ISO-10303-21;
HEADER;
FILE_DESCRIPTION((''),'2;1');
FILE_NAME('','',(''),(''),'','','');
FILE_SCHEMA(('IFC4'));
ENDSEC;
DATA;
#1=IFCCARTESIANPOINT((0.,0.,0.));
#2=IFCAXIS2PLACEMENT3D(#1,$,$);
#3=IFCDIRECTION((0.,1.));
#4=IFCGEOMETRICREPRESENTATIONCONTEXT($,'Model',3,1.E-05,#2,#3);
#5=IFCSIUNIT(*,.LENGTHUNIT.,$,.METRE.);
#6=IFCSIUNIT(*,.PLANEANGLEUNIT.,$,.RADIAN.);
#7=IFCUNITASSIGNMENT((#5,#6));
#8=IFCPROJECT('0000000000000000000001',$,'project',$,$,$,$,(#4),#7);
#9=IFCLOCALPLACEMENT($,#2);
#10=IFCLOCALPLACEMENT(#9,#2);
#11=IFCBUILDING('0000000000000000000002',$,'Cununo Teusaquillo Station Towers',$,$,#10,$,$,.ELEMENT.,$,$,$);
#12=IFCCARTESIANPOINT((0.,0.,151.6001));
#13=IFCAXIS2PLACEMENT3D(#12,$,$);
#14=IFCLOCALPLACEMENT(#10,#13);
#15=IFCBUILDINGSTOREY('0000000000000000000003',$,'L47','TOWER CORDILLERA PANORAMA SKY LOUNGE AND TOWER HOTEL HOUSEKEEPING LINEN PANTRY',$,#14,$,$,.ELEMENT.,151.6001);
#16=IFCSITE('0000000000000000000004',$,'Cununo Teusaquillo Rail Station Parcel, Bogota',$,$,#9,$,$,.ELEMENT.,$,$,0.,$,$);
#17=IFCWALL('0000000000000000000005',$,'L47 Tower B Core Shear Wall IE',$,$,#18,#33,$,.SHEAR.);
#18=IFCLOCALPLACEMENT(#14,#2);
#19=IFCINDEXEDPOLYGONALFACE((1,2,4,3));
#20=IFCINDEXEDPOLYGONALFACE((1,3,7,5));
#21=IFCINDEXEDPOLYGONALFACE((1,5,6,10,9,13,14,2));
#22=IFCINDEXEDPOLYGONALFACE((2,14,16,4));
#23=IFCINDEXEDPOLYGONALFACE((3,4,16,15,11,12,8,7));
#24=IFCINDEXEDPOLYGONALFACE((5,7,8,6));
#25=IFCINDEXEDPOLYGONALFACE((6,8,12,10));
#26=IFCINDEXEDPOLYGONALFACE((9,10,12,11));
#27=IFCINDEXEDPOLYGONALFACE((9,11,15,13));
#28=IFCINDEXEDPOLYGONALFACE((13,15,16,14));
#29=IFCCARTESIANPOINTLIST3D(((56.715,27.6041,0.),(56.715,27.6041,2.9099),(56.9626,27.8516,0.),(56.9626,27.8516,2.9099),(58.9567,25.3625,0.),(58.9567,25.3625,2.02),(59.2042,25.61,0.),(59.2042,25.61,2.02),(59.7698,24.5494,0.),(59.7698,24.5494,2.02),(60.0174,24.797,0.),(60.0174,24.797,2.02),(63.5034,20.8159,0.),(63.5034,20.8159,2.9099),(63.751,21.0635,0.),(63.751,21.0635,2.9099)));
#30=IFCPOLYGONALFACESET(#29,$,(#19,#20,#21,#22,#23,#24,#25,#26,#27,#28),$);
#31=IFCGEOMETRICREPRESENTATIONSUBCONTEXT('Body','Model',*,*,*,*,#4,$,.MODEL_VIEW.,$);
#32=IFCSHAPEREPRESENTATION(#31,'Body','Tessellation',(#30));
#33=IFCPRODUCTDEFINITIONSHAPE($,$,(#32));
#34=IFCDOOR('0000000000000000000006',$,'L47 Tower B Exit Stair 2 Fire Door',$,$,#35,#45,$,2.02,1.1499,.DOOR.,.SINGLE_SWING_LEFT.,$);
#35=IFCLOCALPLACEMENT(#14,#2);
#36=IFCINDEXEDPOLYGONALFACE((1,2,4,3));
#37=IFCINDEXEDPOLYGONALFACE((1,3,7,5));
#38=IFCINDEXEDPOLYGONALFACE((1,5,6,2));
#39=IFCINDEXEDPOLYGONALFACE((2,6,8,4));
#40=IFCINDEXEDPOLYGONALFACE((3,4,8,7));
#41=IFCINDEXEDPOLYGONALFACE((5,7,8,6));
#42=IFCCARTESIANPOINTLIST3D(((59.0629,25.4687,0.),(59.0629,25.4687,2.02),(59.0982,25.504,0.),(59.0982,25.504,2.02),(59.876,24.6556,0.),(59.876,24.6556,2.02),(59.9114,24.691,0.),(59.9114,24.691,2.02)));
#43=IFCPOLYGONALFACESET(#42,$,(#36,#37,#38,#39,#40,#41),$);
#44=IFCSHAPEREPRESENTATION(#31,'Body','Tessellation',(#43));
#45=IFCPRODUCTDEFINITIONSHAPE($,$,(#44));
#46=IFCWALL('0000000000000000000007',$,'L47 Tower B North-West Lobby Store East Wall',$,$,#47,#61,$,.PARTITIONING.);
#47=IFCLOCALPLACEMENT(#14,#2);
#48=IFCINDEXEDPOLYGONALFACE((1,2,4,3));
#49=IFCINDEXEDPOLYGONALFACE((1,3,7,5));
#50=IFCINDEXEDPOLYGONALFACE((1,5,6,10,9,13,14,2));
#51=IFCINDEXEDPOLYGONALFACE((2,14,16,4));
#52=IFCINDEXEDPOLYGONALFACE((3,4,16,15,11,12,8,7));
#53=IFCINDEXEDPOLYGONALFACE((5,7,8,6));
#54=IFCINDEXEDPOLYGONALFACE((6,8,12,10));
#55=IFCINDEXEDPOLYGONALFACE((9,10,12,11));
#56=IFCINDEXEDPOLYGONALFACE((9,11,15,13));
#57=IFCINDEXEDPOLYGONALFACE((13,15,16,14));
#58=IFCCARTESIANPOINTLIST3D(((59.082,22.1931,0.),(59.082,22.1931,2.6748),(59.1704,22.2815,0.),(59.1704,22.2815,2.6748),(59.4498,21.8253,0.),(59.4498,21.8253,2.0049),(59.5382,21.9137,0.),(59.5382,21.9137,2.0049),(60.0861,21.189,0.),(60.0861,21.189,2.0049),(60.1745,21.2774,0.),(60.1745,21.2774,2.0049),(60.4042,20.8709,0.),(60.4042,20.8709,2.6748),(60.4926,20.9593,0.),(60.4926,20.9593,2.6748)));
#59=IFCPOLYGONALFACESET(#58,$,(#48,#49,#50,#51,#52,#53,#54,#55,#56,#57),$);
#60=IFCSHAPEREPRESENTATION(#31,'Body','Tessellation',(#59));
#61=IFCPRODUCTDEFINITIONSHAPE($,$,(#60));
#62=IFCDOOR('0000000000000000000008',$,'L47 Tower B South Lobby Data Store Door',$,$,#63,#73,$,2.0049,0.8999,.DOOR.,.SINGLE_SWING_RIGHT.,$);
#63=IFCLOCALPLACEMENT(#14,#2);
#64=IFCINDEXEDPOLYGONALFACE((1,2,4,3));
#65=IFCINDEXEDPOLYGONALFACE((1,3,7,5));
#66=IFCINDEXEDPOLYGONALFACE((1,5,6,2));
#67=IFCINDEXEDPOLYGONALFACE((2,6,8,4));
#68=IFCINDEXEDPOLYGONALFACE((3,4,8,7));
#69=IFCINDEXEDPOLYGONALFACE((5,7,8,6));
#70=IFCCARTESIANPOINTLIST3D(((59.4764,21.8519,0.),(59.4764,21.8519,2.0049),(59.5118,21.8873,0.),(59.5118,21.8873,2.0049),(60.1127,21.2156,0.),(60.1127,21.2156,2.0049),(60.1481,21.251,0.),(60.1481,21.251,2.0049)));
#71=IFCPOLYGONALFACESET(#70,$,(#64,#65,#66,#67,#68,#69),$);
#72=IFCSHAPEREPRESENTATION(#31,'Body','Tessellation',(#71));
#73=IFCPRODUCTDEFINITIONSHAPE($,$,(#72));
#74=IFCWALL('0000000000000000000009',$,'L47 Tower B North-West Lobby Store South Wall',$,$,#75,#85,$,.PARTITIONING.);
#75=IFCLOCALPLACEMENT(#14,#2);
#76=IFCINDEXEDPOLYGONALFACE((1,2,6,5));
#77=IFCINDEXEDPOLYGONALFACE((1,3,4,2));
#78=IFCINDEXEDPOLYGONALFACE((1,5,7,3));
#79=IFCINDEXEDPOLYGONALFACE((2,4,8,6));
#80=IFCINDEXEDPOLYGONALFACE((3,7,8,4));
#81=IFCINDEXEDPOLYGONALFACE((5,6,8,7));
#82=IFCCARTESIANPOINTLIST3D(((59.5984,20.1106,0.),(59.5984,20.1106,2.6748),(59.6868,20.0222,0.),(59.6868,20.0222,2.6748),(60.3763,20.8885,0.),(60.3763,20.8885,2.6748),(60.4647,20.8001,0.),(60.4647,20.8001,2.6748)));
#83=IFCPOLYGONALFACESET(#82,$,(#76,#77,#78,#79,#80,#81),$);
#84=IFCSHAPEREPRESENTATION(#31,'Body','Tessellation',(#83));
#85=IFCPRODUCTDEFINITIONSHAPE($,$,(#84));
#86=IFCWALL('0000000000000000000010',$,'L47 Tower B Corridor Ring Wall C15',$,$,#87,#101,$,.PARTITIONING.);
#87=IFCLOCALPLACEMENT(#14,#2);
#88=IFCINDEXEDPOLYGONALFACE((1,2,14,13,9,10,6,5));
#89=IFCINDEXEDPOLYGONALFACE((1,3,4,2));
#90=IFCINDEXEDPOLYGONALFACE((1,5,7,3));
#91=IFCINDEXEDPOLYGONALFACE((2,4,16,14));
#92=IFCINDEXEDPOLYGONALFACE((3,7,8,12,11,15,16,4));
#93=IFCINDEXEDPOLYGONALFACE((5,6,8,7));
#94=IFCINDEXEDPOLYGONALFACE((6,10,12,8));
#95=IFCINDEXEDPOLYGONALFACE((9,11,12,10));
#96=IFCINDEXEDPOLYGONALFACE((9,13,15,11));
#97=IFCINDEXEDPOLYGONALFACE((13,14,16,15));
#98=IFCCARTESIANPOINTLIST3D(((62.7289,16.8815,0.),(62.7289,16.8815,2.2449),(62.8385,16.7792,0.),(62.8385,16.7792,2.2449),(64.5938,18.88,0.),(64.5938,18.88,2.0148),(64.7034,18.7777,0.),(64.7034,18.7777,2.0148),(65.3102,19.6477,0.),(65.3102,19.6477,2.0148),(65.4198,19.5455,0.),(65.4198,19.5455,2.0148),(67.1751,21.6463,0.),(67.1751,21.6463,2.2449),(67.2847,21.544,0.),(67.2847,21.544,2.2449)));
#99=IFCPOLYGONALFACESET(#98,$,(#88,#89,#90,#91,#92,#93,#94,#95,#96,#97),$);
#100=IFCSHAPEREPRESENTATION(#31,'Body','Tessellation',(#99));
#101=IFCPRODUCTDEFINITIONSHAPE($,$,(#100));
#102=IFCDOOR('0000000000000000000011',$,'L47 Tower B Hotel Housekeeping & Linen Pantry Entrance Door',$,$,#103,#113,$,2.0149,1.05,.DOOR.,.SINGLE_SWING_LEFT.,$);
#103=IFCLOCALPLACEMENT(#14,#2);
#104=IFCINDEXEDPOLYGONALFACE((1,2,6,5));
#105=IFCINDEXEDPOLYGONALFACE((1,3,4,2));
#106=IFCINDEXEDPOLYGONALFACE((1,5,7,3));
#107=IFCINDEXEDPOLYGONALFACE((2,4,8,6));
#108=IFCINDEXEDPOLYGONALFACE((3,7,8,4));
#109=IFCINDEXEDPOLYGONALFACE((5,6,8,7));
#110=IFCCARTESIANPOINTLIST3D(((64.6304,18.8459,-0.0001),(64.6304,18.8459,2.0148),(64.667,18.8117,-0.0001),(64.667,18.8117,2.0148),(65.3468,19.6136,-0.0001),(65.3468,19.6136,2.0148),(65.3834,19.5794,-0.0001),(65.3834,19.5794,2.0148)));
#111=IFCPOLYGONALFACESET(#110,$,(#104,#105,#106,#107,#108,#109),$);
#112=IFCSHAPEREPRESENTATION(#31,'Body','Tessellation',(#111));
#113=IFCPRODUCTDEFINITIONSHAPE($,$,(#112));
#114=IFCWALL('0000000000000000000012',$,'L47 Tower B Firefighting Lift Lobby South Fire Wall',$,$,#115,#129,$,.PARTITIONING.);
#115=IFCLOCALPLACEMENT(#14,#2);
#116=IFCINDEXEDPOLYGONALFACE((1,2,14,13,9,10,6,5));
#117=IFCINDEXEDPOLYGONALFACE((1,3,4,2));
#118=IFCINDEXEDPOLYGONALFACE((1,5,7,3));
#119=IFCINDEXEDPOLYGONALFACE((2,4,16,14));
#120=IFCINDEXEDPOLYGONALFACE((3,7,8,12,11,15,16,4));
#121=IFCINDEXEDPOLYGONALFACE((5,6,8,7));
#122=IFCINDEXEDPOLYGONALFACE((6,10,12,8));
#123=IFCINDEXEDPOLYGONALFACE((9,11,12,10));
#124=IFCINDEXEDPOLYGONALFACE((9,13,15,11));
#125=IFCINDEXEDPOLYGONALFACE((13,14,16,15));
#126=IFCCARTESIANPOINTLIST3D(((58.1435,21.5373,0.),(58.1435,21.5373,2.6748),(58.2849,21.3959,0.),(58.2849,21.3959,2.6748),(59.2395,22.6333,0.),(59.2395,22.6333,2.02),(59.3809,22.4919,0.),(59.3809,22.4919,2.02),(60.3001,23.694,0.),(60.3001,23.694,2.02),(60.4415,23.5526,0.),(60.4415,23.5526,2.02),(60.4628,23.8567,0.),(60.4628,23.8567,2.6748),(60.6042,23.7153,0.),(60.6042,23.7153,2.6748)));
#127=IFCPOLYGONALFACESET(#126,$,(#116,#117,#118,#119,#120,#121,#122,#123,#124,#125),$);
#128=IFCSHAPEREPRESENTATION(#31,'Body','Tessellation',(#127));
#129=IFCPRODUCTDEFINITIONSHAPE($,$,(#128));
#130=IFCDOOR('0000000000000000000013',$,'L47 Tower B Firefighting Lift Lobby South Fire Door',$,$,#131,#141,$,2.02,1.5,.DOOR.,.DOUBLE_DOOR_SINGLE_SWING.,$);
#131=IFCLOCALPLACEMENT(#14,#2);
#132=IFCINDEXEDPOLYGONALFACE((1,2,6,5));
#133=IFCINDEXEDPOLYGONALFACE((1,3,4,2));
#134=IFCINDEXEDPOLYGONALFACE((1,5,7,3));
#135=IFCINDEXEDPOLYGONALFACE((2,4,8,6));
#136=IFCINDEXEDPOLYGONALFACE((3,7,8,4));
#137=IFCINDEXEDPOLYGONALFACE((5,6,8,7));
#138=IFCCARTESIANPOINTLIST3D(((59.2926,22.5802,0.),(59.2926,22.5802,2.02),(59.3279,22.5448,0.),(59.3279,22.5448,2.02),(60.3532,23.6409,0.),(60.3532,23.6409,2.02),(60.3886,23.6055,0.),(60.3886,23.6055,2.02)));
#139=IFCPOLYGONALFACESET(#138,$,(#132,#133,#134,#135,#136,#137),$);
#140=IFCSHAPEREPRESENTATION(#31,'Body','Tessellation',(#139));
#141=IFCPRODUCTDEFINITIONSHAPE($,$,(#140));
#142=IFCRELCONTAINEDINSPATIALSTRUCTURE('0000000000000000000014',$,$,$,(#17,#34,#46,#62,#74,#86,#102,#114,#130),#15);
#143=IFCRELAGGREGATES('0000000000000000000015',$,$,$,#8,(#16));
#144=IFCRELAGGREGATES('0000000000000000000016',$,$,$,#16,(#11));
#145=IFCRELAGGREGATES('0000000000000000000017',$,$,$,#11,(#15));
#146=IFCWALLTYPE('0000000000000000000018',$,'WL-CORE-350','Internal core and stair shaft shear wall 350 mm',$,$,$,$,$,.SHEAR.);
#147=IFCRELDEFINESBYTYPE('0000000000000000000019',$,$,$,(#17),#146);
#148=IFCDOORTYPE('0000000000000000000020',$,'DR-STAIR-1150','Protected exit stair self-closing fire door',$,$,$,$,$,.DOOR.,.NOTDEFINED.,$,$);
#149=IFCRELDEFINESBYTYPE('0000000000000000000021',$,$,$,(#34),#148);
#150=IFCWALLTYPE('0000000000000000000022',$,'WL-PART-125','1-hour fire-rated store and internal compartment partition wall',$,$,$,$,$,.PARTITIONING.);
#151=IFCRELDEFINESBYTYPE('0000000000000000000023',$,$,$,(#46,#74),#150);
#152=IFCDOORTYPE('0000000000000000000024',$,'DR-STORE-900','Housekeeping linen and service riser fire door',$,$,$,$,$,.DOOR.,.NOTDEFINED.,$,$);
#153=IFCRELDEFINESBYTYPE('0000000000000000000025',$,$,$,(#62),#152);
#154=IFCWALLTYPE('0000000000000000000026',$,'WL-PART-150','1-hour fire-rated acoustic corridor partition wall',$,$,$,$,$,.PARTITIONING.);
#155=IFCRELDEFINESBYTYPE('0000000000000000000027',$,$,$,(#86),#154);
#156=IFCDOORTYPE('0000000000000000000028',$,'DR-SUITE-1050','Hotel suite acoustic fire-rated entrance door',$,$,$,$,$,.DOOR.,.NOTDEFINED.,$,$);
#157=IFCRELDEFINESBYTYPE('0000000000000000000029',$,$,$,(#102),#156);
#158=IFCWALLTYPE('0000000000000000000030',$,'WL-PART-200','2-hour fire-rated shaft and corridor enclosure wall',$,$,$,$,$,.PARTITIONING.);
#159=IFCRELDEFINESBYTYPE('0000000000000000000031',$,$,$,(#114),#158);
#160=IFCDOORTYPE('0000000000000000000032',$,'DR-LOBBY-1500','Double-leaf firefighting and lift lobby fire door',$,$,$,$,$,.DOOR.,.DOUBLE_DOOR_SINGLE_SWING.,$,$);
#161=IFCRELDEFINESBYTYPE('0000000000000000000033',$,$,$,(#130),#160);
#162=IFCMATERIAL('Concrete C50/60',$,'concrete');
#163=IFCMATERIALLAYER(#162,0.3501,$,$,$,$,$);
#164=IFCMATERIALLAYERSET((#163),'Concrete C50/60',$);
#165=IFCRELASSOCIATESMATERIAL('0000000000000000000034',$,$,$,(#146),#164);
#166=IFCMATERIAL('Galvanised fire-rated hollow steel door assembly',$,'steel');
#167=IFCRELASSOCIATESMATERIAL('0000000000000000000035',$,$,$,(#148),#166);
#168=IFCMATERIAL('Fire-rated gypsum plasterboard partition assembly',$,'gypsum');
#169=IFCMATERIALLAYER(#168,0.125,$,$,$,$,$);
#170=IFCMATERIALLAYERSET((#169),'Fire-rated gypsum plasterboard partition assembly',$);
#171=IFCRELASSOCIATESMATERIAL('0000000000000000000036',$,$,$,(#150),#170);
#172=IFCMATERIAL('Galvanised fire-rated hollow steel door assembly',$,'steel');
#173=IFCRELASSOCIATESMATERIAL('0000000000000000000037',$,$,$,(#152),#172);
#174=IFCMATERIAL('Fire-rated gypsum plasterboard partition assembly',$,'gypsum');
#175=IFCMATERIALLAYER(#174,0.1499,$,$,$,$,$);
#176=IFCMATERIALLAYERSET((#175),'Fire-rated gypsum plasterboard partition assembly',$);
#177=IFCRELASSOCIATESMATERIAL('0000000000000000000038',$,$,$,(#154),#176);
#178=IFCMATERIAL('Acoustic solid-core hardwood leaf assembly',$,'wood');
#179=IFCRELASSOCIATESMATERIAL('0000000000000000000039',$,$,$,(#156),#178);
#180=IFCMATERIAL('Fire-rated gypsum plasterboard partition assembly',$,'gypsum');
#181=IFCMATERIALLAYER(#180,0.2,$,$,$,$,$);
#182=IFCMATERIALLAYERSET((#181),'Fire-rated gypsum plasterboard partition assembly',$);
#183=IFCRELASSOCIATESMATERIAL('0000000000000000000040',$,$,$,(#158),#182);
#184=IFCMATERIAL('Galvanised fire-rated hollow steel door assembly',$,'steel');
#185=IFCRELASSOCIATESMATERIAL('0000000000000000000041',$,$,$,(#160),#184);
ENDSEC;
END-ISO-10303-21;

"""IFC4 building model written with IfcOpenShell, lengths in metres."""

from ifc_helpers import new_model, si_unit, direction, frame, frame_2d, origin, place, context, subcontext, project, spatial, rectangle, extrude, source, transform, mapped, material, layer, layer_set, type_object, element, fill, save


model = new_model("IFC4")

# Units and contexts
model_context = context("Model", 3, precision=1e-05, world=origin(), true_north=direction((0.0, 1.0)))
body_context = subcontext(model_context, "Body", "Model", "MODEL_VIEW")
ifc_project = project(units=[si_unit("LENGTHUNIT", "METRE"), si_unit("PLANEANGLEUNIT", "RADIAN")], contexts=[model_context])

# Site, building, storey
site_placement = place(None, origin())
site = spatial("IfcSite", under=ifc_project, at=site_placement, Name="Cununo Teusaquillo Rail Station Parcel, Bogota", CompositionType="ELEMENT", RefElevation=0.0)
building_placement = place(site_placement, origin())
building = spatial("IfcBuilding", under=site, at=building_placement, Name="Cununo Teusaquillo Station Towers", CompositionType="ELEMENT")
storey_placement = place(building_placement, frame((0.0, 0.0, 151.6001)))
storey = spatial("IfcBuildingStorey", under=building, at=storey_placement, Name="L47", Description="TOWER CORDILLERA PANORAMA SKY LOUNGE AND TOWER HOTEL HOUSEKEEPING LINEN PANTRY", CompositionType="ELEMENT", Elevation=151.6001)

# Shared definitions
ifc_material_1 = material(Name="Concrete C50/60", Category="concrete")
ifc_layer_1 = layer(ifc_material_1, 0.3501)
ifc_layer_set_1 = layer_set([ifc_layer_1], Name="Concrete C50/60")
wall_type_1 = type_object("IfcWallType", Name="WL-CORE-350", Description="Internal core and stair shaft shear wall 350 mm", PredefinedType="SHEAR", material=ifc_layer_set_1)
shared_shape_1 = source(origin(), body_context, "Body", "SweptSolid", [
    extrude(rectangle(XDim=1.1499, YDim=2.02, at=frame_2d((0.575, 1.01))), frame((0.0, 0.1851, 0.0), z_axis=(0.0, -1.0, 0.0), x_axis=(1.0, 0.0, 0.0)), (0.0, 0.0, 1.0), 0.3701),
])
ifc_material_2 = material(Name="Galvanised fire-rated hollow steel door assembly", Category="steel")
door_type_1 = type_object("IfcDoorType", Name="DR-STAIR-1150", Description="Protected exit stair self-closing fire door", OperationType="NOTDEFINED", PredefinedType="DOOR", material=ifc_material_2)
shared_shape_2 = source(origin(), body_context, "Body", "SweptSolid", [
    extrude(rectangle(XDim=1.1499, YDim=2.02, at=frame_2d((0.575, 1.01))), frame((0.0, 0.0249, 0.0), z_axis=(0.0, -1.0, 0.0), x_axis=(1.0, 0.0, 0.0)), (0.0, 0.0, 1.0), 0.05),
])

# Walls, openings, doors
wall_1_placement = place(storey_placement, frame((63.6272, 20.9397, 0.0), z_axis=(0.0, 0.0, 1.0), x_axis=(-0.707119, 0.707094, 0.0)))
wall_1 = element("IfcWall", 1, at=wall_1_placement, inside=storey, type_object=wall_type_1, Name="L47 Tower B Core Shear Wall IE", PredefinedType="SHEAR", context=body_context, shape_type="SweptSolid", body=[
    extrude(rectangle(XDim=9.6001, YDim=0.3501, at=frame_2d((4.8, 0.0))), origin(), (0.0, 0.0, 1.0), 2.9099),
])
opening_1_placement = place(wall_1_placement, frame((5.28, 0.0, 0.0)))
opening_1 = element("IfcOpeningElement", 2, at=opening_1_placement, cuts=wall_1, PredefinedType="OPENING", context=body_context, shape_type="MappedRepresentation", body=[
    mapped(shared_shape_1, transform((0.0, 0.0, 0.0), x_axis=(1.0, 0.0, 0.0), y_axis=(0.0, 1.0, 0.0), z_axis=(0.0, 0.0, 1.0), scale=1.0)),
])
door_1_placement = place(opening_1_placement, origin())
door_1 = element("IfcDoor", 3, at=door_1_placement, inside=storey, type_object=door_type_1, Name="L47 Tower B Exit Stair 2 Fire Door", OperationType="SINGLE_SWING_LEFT", OverallHeight=2.02, OverallWidth=1.1499, PredefinedType="DOOR", context=body_context, shape_type="MappedRepresentation", body=[
    mapped(shared_shape_2, transform((0.0, 0.0, 0.0), x_axis=(1.0, 0.0, 0.0), y_axis=(0.0, 1.0, 0.0), z_axis=(0.0, 0.0, 1.0), scale=1.0)),
])
fill(opening_1, door_1)
ifc_material_3 = material(Name="Fire-rated gypsum plasterboard partition assembly", Category="gypsum")
ifc_layer_2 = layer(ifc_material_3, 0.125)
ifc_layer_set_2 = layer_set([ifc_layer_2], Name="Fire-rated gypsum plasterboard partition assembly")
wall_type_2 = type_object("IfcWallType", Name="WL-PART-125", Description="1-hour fire-rated store and internal compartment partition wall", PredefinedType="PARTITIONING", material=ifc_layer_set_2)
wall_2_placement = place(storey_placement, frame((60.4485, 20.915, 0.0), z_axis=(0.0, 0.0, 1.0), x_axis=(-0.707107, 0.707107, 0.0)))
wall_2 = element("IfcWall", 4, at=wall_2_placement, inside=storey, type_object=wall_type_2, Name="L47 Tower B North-West Lobby Store East Wall", PredefinedType="PARTITIONING", context=body_context, shape_type="SweptSolid", body=[
    extrude(rectangle(XDim=1.8699, YDim=0.125, at=frame_2d((0.9351, 0.0))), origin(), (0.0, 0.0, 1.0), 2.6748),
])
shared_shape_3 = source(origin(), body_context, "Body", "SweptSolid", [
    extrude(rectangle(XDim=0.8999, YDim=2.0049, at=frame_2d((0.45, 1.0024))), frame((0.0, 0.0725, 0.0), z_axis=(0.0, -1.0, 0.0), x_axis=(1.0, 0.0, 0.0)), (0.0, 0.0, 1.0), 0.145),
])
opening_2_placement = place(wall_2_placement, frame((0.45, 0.0, 0.0)))
opening_2 = element("IfcOpeningElement", 5, at=opening_2_placement, cuts=wall_2, PredefinedType="OPENING", context=body_context, shape_type="MappedRepresentation", body=[
    mapped(shared_shape_3, transform((0.0, 0.0, 0.0), x_axis=(1.0, 0.0, 0.0), y_axis=(0.0, 1.0, 0.0), z_axis=(0.0, 0.0, 1.0), scale=1.0)),
])
ifc_material_4 = material(Name="Galvanised fire-rated hollow steel door assembly", Category="steel")
door_type_2 = type_object("IfcDoorType", Name="DR-STORE-900", Description="Housekeeping linen and service riser fire door", OperationType="NOTDEFINED", PredefinedType="DOOR", material=ifc_material_4)
shared_shape_4 = source(origin(), body_context, "Body", "SweptSolid", [
    extrude(rectangle(XDim=0.8999, YDim=2.0049, at=frame_2d((0.45, 1.0024))), frame((0.0, 0.0249, 0.0), z_axis=(0.0, -1.0, 0.0), x_axis=(1.0, 0.0, 0.0)), (0.0, 0.0, 1.0), 0.05),
])
door_2_placement = place(opening_2_placement, origin())
door_2 = element("IfcDoor", 6, at=door_2_placement, inside=storey, type_object=door_type_2, Name="L47 Tower B South Lobby Data Store Door", OperationType="SINGLE_SWING_RIGHT", OverallHeight=2.0049, OverallWidth=0.8999, PredefinedType="DOOR", context=body_context, shape_type="MappedRepresentation", body=[
    mapped(shared_shape_4, transform((0.0, 0.0, 0.0), x_axis=(1.0, 0.0, 0.0), y_axis=(0.0, 1.0, 0.0), z_axis=(0.0, 0.0, 1.0), scale=1.0)),
])
fill(opening_2, door_2)

# Wall
wall_3_placement = place(storey_placement, frame((59.6426, 20.0664, 0.0), z_axis=(0.0, 0.0, 1.0), x_axis=(0.707107, 0.707107, 0.0)))
element("IfcWall", 7, at=wall_3_placement, inside=storey, type_object=wall_type_2, Name="L47 Tower B North-West Lobby Store South Wall", PredefinedType="PARTITIONING", context=body_context, shape_type="SweptSolid", body=[
    extrude(rectangle(XDim=1.1001, YDim=0.125, at=frame_2d((0.55, 0.0))), origin(), (0.0, 0.0, 1.0), 2.6748),
])

# Walls, openings, doors
ifc_material_5 = material(Name="Fire-rated gypsum plasterboard partition assembly", Category="gypsum")
ifc_layer_3 = layer(ifc_material_5, 0.1499)
ifc_layer_set_3 = layer_set([ifc_layer_3], Name="Fire-rated gypsum plasterboard partition assembly")
wall_type_3 = type_object("IfcWallType", Name="WL-PART-150", Description="1-hour fire-rated acoustic corridor partition wall", PredefinedType="PARTITIONING", material=ifc_layer_set_3)
wall_4_placement = place(storey_placement, frame((62.7837, 16.8303, 0.0), z_axis=(0.0, 0.0, 1.0), x_axis=(0.682241, 0.731128, 0.0)))
wall_4 = element("IfcWall", 8, at=wall_4_placement, inside=storey, type_object=wall_type_3, Name="L47 Tower B Corridor Ring Wall C15", PredefinedType="PARTITIONING", context=body_context, shape_type="SweptSolid", body=[
    extrude(rectangle(XDim=6.5171, YDim=0.1499, at=frame_2d((3.2585, 0.0))), origin(), (0.0, 0.0, 1.0), 2.2449),
])
shared_shape_5 = source(origin(), body_context, "Body", "SweptSolid", [
    extrude(rectangle(XDim=1.05, YDim=2.0149, at=frame_2d((0.5249, 1.0073))), frame((0.0, 0.085, 0.0), z_axis=(0.0, -1.0, 0.0), x_axis=(1.0, 0.0, 0.0)), (0.0, 0.0, 1.0), 0.1699),
])
opening_3_placement = place(wall_4_placement, frame((2.7336, 0.0, 0.0)))
opening_3 = element("IfcOpeningElement", 9, at=opening_3_placement, cuts=wall_4, PredefinedType="OPENING", context=body_context, shape_type="MappedRepresentation", body=[
    mapped(shared_shape_5, transform((0.0, 0.0, 0.0), x_axis=(1.0, 0.0, 0.0), y_axis=(0.0, 1.0, 0.0), z_axis=(0.0, 0.0, 1.0), scale=1.0)),
])
ifc_material_6 = material(Name="Acoustic solid-core hardwood leaf assembly", Category="wood")
door_type_3 = type_object("IfcDoorType", Name="DR-SUITE-1050", Description="Hotel suite acoustic fire-rated entrance door", OperationType="NOTDEFINED", PredefinedType="DOOR", material=ifc_material_6)
shared_shape_6 = source(origin(), body_context, "Body", "SweptSolid", [
    extrude(rectangle(XDim=1.05, YDim=2.0149, at=frame_2d((0.5249, 1.0073))), frame((0.0, 0.0249, 0.0), z_axis=(0.0, -1.0, 0.0), x_axis=(1.0, 0.0, 0.0)), (0.0, 0.0, 1.0), 0.05),
])
door_3_placement = place(opening_3_placement, origin())
door_3 = element("IfcDoor", 10, at=door_3_placement, inside=storey, type_object=door_type_3, Name="L47 Tower B Hotel Housekeeping & Linen Pantry Entrance Door", OperationType="SINGLE_SWING_LEFT", OverallHeight=2.0149, OverallWidth=1.05, PredefinedType="DOOR", context=body_context, shape_type="MappedRepresentation", body=[
    mapped(shared_shape_6, transform((0.0, 0.0, 0.0), x_axis=(1.0, 0.0, 0.0), y_axis=(0.0, 1.0, 0.0), z_axis=(0.0, 0.0, 1.0), scale=1.0)),
])
fill(opening_3, door_3)
ifc_material_7 = material(Name="Fire-rated gypsum plasterboard partition assembly", Category="gypsum")
ifc_layer_4 = layer(ifc_material_7, 0.2)
ifc_layer_set_4 = layer_set([ifc_layer_4], Name="Fire-rated gypsum plasterboard partition assembly")
wall_type_4 = type_object("IfcWallType", Name="WL-PART-200", Description="2-hour fire-rated shaft and corridor enclosure wall", PredefinedType="PARTITIONING", material=ifc_layer_set_4)
wall_5_placement = place(storey_placement, frame((58.2141, 21.4666, 0.0), z_axis=(0.0, 0.0, 1.0), x_axis=(0.707107, 0.707107, 0.0)))
wall_5 = element("IfcWall", 11, at=wall_5_placement, inside=storey, type_object=wall_type_4, Name="L47 Tower B Firefighting Lift Lobby South Fire Wall", PredefinedType="PARTITIONING", context=body_context, shape_type="SweptSolid", body=[
    extrude(rectangle(XDim=3.28, YDim=0.2, at=frame_2d((1.6401, 0.0))), origin(), (0.0, 0.0, 1.0), 2.6748),
])
shared_shape_7 = source(origin(), body_context, "Body", "SweptSolid", [
    extrude(rectangle(XDim=1.5, YDim=2.02, at=frame_2d((0.75, 1.01))), frame((0.0, 0.1099, 0.0), z_axis=(0.0, -1.0, 0.0), x_axis=(1.0, 0.0, 0.0)), (0.0, 0.0, 1.0), 0.22),
])
opening_4_placement = place(wall_5_placement, frame((1.55, 0.0, 0.0)))
opening_4 = element("IfcOpeningElement", 12, at=opening_4_placement, cuts=wall_5, PredefinedType="OPENING", context=body_context, shape_type="MappedRepresentation", body=[
    mapped(shared_shape_7, transform((0.0, 0.0, 0.0), x_axis=(1.0, 0.0, 0.0), y_axis=(0.0, 1.0, 0.0), z_axis=(0.0, 0.0, 1.0), scale=1.0)),
])
ifc_material_8 = material(Name="Galvanised fire-rated hollow steel door assembly", Category="steel")
door_type_4 = type_object("IfcDoorType", Name="DR-LOBBY-1500", Description="Double-leaf firefighting and lift lobby fire door", OperationType="DOUBLE_DOOR_SINGLE_SWING", PredefinedType="DOOR", material=ifc_material_8)
shared_shape_8 = source(origin(), body_context, "Body", "SweptSolid", [
    extrude(rectangle(XDim=1.5, YDim=2.02, at=frame_2d((0.75, 1.01))), frame((0.0, 0.0249, 0.0), z_axis=(0.0, -1.0, 0.0), x_axis=(1.0, 0.0, 0.0)), (0.0, 0.0, 1.0), 0.05),
])
door_4_placement = place(opening_4_placement, origin())
door_4 = element("IfcDoor", 13, at=door_4_placement, inside=storey, type_object=door_type_4, Name="L47 Tower B Firefighting Lift Lobby South Fire Door", OperationType="DOUBLE_DOOR_SINGLE_SWING", OverallHeight=2.02, OverallWidth=1.5, PredefinedType="DOOR", context=body_context, shape_type="MappedRepresentation", body=[
    mapped(shared_shape_8, transform((0.0, 0.0, 0.0), x_axis=(1.0, 0.0, 0.0), y_axis=(0.0, 1.0, 0.0), z_axis=(0.0, 0.0, 1.0), scale=1.0)),
])
fill(opening_4, door_4)

save(model, "model.ifc")
